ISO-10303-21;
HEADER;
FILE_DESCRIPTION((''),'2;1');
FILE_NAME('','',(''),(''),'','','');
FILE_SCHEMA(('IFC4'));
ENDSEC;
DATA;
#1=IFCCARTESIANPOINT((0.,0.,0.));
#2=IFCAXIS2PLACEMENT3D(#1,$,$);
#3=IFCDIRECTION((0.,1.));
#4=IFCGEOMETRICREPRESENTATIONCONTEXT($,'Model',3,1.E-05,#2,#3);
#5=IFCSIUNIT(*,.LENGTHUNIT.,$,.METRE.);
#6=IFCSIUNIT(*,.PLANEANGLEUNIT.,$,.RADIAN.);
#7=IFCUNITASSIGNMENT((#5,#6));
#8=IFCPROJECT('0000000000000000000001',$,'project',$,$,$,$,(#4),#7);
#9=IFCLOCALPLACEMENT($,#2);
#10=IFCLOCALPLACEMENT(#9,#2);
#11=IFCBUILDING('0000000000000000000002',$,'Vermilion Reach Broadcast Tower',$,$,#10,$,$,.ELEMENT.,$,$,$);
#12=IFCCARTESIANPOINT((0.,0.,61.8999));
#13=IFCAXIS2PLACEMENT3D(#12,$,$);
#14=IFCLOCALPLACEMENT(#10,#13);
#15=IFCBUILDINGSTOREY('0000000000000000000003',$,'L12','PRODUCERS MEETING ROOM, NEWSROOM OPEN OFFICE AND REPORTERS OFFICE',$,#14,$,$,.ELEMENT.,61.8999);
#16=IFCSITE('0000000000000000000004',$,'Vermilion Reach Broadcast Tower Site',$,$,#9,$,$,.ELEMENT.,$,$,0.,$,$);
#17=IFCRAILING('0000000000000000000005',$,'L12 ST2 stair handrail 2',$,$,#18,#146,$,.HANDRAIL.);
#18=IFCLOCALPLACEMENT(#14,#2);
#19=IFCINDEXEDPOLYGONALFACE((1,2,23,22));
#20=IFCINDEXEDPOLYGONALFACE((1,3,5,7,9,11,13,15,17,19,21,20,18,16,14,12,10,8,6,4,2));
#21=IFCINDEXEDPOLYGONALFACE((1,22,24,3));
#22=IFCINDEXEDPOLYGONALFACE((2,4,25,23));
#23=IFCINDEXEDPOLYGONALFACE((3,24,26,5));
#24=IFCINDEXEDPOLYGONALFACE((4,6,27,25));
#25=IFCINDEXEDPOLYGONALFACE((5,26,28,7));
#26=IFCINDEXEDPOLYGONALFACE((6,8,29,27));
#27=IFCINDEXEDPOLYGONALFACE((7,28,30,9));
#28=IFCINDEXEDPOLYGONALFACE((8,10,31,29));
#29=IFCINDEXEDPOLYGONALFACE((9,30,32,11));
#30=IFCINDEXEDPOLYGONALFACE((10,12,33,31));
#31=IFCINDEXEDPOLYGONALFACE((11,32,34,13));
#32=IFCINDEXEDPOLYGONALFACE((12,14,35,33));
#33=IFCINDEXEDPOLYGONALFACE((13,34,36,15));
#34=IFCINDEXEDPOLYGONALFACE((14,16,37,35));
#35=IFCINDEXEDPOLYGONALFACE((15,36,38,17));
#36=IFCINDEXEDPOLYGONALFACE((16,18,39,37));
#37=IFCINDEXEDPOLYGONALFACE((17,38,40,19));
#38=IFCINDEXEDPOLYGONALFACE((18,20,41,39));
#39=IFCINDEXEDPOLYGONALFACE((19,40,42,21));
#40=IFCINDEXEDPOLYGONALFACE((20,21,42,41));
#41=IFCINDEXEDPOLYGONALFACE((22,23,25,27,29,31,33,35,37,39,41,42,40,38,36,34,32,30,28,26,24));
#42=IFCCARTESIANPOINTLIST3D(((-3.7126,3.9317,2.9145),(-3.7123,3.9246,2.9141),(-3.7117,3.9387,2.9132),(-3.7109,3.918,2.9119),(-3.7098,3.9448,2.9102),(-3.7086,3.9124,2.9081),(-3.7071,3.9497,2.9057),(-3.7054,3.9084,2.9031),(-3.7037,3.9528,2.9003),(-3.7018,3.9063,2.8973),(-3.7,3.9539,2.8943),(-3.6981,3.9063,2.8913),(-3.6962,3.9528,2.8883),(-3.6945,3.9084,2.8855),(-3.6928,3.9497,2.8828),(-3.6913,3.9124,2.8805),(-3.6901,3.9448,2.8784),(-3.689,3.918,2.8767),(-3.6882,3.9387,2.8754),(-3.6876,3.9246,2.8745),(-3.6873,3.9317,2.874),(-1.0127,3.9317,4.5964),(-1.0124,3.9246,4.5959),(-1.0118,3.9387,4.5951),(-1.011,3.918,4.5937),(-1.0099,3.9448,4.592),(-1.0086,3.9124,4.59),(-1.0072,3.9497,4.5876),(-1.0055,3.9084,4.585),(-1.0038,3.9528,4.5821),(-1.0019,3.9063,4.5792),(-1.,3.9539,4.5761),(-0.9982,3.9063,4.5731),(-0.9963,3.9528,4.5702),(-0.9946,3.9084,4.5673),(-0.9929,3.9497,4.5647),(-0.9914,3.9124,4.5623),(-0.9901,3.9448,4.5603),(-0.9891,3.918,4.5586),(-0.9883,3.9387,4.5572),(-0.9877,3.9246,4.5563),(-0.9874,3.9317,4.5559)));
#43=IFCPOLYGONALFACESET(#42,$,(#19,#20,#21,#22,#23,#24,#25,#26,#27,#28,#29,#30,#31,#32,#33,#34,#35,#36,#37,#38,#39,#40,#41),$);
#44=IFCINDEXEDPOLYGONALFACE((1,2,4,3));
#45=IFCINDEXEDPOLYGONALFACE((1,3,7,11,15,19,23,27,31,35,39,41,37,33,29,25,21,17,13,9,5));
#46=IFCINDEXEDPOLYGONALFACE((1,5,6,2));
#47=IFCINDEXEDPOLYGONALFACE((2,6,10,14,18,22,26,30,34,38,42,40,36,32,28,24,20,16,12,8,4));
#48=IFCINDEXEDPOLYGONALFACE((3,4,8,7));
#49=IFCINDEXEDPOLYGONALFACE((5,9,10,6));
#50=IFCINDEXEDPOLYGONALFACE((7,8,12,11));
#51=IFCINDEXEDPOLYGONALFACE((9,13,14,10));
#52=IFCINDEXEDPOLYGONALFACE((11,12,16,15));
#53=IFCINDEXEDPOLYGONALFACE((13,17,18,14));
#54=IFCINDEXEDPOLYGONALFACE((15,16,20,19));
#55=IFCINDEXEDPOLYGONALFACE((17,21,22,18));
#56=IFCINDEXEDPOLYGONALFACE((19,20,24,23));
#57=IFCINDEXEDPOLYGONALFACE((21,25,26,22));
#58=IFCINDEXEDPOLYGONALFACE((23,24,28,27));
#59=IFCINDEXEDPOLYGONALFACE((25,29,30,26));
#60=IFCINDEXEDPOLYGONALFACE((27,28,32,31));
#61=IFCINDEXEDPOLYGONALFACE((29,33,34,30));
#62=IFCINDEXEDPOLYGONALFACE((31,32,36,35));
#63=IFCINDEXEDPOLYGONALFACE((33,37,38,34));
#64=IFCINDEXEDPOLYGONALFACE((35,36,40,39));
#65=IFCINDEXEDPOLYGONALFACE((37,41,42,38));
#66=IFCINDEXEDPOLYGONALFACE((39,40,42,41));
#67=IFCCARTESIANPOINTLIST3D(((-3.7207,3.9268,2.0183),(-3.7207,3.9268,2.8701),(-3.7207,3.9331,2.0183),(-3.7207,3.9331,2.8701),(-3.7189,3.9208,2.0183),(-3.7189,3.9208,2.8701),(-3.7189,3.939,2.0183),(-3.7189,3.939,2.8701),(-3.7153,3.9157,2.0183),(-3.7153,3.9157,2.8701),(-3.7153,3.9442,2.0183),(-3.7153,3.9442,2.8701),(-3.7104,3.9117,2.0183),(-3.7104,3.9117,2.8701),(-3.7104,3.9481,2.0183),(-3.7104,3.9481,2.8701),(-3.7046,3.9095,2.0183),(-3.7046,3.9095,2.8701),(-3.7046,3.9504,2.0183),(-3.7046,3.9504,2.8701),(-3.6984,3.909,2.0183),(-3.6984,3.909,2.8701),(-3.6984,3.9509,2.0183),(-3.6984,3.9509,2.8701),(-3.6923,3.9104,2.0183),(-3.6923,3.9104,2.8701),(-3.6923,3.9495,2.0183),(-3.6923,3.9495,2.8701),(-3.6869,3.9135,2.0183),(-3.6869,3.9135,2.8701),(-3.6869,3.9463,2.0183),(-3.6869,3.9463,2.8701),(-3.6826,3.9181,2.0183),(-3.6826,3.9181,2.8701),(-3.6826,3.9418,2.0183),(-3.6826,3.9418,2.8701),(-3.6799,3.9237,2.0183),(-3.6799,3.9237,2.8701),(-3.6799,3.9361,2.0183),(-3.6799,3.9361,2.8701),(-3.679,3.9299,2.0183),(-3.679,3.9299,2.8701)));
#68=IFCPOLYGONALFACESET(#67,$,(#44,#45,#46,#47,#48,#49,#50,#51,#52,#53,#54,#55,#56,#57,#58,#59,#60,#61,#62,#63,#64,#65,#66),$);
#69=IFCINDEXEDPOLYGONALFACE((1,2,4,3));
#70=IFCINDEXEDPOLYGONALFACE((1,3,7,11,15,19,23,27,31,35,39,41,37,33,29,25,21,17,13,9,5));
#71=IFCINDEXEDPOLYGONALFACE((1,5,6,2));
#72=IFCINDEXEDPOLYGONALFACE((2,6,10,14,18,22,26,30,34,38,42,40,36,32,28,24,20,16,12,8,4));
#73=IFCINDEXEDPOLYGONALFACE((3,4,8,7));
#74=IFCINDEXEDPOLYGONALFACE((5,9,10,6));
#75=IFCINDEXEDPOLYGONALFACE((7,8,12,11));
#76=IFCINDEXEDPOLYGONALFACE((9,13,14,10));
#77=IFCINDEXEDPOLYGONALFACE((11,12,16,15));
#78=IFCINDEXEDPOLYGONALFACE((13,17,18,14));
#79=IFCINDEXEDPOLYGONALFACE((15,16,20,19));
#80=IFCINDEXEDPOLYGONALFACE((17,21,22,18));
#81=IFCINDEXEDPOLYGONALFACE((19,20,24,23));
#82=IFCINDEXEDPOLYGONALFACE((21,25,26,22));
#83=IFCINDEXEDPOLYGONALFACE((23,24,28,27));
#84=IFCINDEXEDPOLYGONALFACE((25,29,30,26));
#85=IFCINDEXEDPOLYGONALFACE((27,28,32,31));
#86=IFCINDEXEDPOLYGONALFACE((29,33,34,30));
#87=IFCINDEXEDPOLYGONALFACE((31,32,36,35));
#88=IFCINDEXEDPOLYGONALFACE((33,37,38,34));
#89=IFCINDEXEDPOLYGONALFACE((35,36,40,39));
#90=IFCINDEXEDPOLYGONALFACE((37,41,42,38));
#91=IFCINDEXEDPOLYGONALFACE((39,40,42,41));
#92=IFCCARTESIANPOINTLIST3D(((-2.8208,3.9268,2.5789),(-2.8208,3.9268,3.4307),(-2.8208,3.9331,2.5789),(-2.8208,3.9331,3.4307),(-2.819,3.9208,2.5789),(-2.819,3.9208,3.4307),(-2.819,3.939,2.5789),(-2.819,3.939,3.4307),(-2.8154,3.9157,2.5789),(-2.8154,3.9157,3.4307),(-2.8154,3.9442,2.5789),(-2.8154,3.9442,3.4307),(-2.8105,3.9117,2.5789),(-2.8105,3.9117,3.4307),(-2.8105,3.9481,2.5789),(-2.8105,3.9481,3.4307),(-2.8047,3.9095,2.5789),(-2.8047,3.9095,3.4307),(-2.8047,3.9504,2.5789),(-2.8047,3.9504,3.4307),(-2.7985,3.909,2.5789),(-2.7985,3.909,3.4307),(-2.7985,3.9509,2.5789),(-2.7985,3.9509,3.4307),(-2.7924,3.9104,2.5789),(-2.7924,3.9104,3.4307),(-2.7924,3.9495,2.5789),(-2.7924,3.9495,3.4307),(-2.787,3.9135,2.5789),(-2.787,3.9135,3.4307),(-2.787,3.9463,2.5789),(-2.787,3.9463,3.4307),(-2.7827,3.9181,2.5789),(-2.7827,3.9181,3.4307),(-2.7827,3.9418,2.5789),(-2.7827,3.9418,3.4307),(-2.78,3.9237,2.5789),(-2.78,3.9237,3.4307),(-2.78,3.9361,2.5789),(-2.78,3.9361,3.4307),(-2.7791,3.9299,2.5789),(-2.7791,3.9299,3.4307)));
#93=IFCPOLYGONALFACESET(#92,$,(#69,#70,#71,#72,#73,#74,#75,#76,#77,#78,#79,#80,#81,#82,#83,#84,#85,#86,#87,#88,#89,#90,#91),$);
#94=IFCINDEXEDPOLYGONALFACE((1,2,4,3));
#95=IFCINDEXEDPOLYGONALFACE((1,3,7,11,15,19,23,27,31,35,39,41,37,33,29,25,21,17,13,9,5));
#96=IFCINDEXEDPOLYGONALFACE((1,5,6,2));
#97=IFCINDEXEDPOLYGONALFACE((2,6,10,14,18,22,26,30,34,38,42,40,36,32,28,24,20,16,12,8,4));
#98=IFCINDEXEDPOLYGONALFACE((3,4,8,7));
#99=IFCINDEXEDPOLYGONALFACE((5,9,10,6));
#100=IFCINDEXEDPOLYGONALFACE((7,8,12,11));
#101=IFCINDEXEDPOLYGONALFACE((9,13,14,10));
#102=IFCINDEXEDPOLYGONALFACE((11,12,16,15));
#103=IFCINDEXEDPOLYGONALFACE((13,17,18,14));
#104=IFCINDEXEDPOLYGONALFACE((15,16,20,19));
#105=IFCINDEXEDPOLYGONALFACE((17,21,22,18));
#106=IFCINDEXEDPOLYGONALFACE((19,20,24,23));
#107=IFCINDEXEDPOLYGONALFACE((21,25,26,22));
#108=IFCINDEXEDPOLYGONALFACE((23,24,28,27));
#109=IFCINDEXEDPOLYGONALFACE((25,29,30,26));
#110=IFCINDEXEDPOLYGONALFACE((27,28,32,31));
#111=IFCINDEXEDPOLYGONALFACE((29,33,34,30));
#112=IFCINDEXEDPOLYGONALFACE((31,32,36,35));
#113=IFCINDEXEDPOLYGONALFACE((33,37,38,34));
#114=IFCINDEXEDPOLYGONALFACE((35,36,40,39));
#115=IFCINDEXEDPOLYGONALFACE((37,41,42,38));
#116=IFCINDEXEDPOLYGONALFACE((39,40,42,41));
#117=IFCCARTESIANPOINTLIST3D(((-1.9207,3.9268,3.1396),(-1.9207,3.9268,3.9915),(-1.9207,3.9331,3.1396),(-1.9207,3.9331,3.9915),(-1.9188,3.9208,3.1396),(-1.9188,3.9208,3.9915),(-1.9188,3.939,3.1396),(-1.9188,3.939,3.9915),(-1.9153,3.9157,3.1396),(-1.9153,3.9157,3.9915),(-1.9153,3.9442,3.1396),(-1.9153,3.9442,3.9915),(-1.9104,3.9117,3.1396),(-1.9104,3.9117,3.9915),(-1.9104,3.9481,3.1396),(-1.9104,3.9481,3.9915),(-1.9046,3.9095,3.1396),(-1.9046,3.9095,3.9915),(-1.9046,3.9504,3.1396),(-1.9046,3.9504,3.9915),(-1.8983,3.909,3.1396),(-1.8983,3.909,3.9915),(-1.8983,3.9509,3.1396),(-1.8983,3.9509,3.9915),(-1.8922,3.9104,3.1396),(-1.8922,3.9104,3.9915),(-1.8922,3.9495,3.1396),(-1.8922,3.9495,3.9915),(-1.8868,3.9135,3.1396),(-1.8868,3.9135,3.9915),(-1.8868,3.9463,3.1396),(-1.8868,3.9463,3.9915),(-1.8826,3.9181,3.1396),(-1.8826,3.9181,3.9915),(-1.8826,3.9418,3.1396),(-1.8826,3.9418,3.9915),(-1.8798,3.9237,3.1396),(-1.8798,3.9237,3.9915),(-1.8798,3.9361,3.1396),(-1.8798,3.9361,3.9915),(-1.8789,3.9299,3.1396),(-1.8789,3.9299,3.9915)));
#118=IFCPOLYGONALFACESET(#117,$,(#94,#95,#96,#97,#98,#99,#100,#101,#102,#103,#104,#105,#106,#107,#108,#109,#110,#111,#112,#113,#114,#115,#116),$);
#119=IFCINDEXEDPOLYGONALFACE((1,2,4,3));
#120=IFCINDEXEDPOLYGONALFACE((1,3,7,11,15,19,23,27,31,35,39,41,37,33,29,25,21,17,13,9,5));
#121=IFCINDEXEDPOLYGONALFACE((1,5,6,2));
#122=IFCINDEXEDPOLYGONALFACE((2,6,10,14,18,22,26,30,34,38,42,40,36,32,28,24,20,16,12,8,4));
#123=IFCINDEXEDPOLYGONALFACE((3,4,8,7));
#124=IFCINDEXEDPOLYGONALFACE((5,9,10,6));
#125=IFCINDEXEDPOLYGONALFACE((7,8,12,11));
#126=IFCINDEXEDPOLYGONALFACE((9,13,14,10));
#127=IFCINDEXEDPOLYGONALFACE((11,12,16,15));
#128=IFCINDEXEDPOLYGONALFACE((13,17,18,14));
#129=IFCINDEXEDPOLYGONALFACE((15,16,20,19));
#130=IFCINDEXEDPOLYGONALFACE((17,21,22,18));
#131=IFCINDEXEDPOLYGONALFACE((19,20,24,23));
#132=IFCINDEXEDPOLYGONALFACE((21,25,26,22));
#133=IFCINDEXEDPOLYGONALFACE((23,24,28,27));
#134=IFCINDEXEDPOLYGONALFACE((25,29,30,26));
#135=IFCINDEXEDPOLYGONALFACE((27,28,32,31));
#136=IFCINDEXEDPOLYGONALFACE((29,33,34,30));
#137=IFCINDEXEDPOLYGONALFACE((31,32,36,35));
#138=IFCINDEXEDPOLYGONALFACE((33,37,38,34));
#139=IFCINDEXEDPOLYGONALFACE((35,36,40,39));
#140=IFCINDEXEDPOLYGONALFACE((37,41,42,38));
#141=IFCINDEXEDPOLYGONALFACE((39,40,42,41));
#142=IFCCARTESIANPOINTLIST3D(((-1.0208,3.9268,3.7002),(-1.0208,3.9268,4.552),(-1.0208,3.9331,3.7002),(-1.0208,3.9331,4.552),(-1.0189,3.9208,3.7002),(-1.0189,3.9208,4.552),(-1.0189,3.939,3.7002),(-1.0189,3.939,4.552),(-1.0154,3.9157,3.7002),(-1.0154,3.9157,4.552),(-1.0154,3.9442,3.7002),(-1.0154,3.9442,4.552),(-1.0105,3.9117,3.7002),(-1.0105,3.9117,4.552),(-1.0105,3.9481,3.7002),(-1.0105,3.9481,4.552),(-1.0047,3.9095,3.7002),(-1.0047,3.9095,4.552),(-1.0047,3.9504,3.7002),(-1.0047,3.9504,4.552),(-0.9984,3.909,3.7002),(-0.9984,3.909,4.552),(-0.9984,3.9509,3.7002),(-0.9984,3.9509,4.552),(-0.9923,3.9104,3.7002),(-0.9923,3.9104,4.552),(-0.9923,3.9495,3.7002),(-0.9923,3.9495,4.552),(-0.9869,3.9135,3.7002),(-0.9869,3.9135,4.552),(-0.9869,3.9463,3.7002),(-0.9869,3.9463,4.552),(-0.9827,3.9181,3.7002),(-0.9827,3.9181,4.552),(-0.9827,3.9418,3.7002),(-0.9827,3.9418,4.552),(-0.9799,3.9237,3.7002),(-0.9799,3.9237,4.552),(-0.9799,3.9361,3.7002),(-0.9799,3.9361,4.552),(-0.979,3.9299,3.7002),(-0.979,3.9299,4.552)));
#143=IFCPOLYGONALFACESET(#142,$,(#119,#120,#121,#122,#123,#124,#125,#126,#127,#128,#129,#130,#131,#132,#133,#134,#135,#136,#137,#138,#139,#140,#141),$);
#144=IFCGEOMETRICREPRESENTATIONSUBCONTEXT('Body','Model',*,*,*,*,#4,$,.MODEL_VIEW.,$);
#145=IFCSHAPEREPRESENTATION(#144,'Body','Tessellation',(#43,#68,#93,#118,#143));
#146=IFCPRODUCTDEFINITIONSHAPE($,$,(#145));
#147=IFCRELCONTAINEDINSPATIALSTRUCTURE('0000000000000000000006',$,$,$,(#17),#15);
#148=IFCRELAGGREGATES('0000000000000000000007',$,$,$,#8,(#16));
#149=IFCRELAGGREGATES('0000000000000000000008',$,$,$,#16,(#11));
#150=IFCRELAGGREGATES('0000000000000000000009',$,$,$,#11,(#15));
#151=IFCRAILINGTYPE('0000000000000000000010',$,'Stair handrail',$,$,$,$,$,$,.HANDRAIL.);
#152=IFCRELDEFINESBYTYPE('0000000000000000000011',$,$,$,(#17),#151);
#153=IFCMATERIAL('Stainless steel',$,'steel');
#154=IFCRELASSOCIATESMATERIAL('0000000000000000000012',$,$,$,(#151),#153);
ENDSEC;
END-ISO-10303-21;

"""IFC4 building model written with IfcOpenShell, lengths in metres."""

from ifc_helpers import new_model, si_unit, direction, frame, origin, origin_2d, place, context, subcontext, project, spatial, circle, extrude, material, type_object, element, save


model = new_model("IFC4")

# Units and contexts
model_context = context("Model", 3, precision=1e-05, world=origin(), true_north=direction((0.0, 1.0)))
body_context = subcontext(model_context, "Body", "Model", "MODEL_VIEW")
ifc_project = project(units=[si_unit("LENGTHUNIT", "METRE"), si_unit("PLANEANGLEUNIT", "RADIAN")], contexts=[model_context])

# Site, building, storey
site_placement = place(None, origin())
site = spatial("IfcSite", under=ifc_project, at=site_placement, Name="Vermilion Reach Broadcast Tower Site", CompositionType="ELEMENT", RefElevation=0.0)
building_placement = place(site_placement, origin())
building = spatial("IfcBuilding", under=site, at=building_placement, Name="Vermilion Reach Broadcast Tower", CompositionType="ELEMENT")
storey_placement = place(building_placement, frame((0.0, 0.0, 61.8999)))
storey = spatial("IfcBuildingStorey", under=building, at=storey_placement, Name="L12", Description="PRODUCERS MEETING ROOM, NEWSROOM OPEN OFFICE AND REPORTERS OFFICE", CompositionType="ELEMENT", Elevation=61.8999)

# Railing
ifc_material_1 = material(Name="Stainless steel", Category="steel")
railing_type_1 = type_object("IfcRailingType", Name="Stair handrail", PredefinedType="HANDRAIL", material=ifc_material_1)
railing_1_placement = place(storey_placement, frame((-3.7, 3.9299, 2.0183)))
element("IfcRailing", 1, at=railing_1_placement, inside=storey, type_object=railing_type_1, Name="L12 ST2 stair handrail 2", PredefinedType="HANDRAIL", context=body_context, shape_type="SweptSolid", body=[
    extrude(circle(Radius=0.0239, at=origin_2d()), frame((0.0, 0.0, 0.876), z_axis=(0.848786, 0.0, 0.528736), x_axis=(0.0, 1.0, 0.0)), (0.0, 0.0, 1.0), 3.1809),
    extrude(circle(Radius=0.021, at=origin_2d()), origin(), (0.0, 0.0, 1.0), 0.8518),
    extrude(circle(Radius=0.021, at=origin_2d()), frame((0.8999, 0.0, 0.5605)), (0.0, 0.0, 1.0), 0.8518),
    extrude(circle(Radius=0.021, at=origin_2d()), frame((1.8, 0.0, 1.1213)), (0.0, 0.0, 1.0), 0.8518),
    extrude(circle(Radius=0.021, at=origin_2d()), frame((2.7, 0.0, 1.6819)), (0.0, 0.0, 1.0), 0.8518),
])

save(model, "model.ifc")
